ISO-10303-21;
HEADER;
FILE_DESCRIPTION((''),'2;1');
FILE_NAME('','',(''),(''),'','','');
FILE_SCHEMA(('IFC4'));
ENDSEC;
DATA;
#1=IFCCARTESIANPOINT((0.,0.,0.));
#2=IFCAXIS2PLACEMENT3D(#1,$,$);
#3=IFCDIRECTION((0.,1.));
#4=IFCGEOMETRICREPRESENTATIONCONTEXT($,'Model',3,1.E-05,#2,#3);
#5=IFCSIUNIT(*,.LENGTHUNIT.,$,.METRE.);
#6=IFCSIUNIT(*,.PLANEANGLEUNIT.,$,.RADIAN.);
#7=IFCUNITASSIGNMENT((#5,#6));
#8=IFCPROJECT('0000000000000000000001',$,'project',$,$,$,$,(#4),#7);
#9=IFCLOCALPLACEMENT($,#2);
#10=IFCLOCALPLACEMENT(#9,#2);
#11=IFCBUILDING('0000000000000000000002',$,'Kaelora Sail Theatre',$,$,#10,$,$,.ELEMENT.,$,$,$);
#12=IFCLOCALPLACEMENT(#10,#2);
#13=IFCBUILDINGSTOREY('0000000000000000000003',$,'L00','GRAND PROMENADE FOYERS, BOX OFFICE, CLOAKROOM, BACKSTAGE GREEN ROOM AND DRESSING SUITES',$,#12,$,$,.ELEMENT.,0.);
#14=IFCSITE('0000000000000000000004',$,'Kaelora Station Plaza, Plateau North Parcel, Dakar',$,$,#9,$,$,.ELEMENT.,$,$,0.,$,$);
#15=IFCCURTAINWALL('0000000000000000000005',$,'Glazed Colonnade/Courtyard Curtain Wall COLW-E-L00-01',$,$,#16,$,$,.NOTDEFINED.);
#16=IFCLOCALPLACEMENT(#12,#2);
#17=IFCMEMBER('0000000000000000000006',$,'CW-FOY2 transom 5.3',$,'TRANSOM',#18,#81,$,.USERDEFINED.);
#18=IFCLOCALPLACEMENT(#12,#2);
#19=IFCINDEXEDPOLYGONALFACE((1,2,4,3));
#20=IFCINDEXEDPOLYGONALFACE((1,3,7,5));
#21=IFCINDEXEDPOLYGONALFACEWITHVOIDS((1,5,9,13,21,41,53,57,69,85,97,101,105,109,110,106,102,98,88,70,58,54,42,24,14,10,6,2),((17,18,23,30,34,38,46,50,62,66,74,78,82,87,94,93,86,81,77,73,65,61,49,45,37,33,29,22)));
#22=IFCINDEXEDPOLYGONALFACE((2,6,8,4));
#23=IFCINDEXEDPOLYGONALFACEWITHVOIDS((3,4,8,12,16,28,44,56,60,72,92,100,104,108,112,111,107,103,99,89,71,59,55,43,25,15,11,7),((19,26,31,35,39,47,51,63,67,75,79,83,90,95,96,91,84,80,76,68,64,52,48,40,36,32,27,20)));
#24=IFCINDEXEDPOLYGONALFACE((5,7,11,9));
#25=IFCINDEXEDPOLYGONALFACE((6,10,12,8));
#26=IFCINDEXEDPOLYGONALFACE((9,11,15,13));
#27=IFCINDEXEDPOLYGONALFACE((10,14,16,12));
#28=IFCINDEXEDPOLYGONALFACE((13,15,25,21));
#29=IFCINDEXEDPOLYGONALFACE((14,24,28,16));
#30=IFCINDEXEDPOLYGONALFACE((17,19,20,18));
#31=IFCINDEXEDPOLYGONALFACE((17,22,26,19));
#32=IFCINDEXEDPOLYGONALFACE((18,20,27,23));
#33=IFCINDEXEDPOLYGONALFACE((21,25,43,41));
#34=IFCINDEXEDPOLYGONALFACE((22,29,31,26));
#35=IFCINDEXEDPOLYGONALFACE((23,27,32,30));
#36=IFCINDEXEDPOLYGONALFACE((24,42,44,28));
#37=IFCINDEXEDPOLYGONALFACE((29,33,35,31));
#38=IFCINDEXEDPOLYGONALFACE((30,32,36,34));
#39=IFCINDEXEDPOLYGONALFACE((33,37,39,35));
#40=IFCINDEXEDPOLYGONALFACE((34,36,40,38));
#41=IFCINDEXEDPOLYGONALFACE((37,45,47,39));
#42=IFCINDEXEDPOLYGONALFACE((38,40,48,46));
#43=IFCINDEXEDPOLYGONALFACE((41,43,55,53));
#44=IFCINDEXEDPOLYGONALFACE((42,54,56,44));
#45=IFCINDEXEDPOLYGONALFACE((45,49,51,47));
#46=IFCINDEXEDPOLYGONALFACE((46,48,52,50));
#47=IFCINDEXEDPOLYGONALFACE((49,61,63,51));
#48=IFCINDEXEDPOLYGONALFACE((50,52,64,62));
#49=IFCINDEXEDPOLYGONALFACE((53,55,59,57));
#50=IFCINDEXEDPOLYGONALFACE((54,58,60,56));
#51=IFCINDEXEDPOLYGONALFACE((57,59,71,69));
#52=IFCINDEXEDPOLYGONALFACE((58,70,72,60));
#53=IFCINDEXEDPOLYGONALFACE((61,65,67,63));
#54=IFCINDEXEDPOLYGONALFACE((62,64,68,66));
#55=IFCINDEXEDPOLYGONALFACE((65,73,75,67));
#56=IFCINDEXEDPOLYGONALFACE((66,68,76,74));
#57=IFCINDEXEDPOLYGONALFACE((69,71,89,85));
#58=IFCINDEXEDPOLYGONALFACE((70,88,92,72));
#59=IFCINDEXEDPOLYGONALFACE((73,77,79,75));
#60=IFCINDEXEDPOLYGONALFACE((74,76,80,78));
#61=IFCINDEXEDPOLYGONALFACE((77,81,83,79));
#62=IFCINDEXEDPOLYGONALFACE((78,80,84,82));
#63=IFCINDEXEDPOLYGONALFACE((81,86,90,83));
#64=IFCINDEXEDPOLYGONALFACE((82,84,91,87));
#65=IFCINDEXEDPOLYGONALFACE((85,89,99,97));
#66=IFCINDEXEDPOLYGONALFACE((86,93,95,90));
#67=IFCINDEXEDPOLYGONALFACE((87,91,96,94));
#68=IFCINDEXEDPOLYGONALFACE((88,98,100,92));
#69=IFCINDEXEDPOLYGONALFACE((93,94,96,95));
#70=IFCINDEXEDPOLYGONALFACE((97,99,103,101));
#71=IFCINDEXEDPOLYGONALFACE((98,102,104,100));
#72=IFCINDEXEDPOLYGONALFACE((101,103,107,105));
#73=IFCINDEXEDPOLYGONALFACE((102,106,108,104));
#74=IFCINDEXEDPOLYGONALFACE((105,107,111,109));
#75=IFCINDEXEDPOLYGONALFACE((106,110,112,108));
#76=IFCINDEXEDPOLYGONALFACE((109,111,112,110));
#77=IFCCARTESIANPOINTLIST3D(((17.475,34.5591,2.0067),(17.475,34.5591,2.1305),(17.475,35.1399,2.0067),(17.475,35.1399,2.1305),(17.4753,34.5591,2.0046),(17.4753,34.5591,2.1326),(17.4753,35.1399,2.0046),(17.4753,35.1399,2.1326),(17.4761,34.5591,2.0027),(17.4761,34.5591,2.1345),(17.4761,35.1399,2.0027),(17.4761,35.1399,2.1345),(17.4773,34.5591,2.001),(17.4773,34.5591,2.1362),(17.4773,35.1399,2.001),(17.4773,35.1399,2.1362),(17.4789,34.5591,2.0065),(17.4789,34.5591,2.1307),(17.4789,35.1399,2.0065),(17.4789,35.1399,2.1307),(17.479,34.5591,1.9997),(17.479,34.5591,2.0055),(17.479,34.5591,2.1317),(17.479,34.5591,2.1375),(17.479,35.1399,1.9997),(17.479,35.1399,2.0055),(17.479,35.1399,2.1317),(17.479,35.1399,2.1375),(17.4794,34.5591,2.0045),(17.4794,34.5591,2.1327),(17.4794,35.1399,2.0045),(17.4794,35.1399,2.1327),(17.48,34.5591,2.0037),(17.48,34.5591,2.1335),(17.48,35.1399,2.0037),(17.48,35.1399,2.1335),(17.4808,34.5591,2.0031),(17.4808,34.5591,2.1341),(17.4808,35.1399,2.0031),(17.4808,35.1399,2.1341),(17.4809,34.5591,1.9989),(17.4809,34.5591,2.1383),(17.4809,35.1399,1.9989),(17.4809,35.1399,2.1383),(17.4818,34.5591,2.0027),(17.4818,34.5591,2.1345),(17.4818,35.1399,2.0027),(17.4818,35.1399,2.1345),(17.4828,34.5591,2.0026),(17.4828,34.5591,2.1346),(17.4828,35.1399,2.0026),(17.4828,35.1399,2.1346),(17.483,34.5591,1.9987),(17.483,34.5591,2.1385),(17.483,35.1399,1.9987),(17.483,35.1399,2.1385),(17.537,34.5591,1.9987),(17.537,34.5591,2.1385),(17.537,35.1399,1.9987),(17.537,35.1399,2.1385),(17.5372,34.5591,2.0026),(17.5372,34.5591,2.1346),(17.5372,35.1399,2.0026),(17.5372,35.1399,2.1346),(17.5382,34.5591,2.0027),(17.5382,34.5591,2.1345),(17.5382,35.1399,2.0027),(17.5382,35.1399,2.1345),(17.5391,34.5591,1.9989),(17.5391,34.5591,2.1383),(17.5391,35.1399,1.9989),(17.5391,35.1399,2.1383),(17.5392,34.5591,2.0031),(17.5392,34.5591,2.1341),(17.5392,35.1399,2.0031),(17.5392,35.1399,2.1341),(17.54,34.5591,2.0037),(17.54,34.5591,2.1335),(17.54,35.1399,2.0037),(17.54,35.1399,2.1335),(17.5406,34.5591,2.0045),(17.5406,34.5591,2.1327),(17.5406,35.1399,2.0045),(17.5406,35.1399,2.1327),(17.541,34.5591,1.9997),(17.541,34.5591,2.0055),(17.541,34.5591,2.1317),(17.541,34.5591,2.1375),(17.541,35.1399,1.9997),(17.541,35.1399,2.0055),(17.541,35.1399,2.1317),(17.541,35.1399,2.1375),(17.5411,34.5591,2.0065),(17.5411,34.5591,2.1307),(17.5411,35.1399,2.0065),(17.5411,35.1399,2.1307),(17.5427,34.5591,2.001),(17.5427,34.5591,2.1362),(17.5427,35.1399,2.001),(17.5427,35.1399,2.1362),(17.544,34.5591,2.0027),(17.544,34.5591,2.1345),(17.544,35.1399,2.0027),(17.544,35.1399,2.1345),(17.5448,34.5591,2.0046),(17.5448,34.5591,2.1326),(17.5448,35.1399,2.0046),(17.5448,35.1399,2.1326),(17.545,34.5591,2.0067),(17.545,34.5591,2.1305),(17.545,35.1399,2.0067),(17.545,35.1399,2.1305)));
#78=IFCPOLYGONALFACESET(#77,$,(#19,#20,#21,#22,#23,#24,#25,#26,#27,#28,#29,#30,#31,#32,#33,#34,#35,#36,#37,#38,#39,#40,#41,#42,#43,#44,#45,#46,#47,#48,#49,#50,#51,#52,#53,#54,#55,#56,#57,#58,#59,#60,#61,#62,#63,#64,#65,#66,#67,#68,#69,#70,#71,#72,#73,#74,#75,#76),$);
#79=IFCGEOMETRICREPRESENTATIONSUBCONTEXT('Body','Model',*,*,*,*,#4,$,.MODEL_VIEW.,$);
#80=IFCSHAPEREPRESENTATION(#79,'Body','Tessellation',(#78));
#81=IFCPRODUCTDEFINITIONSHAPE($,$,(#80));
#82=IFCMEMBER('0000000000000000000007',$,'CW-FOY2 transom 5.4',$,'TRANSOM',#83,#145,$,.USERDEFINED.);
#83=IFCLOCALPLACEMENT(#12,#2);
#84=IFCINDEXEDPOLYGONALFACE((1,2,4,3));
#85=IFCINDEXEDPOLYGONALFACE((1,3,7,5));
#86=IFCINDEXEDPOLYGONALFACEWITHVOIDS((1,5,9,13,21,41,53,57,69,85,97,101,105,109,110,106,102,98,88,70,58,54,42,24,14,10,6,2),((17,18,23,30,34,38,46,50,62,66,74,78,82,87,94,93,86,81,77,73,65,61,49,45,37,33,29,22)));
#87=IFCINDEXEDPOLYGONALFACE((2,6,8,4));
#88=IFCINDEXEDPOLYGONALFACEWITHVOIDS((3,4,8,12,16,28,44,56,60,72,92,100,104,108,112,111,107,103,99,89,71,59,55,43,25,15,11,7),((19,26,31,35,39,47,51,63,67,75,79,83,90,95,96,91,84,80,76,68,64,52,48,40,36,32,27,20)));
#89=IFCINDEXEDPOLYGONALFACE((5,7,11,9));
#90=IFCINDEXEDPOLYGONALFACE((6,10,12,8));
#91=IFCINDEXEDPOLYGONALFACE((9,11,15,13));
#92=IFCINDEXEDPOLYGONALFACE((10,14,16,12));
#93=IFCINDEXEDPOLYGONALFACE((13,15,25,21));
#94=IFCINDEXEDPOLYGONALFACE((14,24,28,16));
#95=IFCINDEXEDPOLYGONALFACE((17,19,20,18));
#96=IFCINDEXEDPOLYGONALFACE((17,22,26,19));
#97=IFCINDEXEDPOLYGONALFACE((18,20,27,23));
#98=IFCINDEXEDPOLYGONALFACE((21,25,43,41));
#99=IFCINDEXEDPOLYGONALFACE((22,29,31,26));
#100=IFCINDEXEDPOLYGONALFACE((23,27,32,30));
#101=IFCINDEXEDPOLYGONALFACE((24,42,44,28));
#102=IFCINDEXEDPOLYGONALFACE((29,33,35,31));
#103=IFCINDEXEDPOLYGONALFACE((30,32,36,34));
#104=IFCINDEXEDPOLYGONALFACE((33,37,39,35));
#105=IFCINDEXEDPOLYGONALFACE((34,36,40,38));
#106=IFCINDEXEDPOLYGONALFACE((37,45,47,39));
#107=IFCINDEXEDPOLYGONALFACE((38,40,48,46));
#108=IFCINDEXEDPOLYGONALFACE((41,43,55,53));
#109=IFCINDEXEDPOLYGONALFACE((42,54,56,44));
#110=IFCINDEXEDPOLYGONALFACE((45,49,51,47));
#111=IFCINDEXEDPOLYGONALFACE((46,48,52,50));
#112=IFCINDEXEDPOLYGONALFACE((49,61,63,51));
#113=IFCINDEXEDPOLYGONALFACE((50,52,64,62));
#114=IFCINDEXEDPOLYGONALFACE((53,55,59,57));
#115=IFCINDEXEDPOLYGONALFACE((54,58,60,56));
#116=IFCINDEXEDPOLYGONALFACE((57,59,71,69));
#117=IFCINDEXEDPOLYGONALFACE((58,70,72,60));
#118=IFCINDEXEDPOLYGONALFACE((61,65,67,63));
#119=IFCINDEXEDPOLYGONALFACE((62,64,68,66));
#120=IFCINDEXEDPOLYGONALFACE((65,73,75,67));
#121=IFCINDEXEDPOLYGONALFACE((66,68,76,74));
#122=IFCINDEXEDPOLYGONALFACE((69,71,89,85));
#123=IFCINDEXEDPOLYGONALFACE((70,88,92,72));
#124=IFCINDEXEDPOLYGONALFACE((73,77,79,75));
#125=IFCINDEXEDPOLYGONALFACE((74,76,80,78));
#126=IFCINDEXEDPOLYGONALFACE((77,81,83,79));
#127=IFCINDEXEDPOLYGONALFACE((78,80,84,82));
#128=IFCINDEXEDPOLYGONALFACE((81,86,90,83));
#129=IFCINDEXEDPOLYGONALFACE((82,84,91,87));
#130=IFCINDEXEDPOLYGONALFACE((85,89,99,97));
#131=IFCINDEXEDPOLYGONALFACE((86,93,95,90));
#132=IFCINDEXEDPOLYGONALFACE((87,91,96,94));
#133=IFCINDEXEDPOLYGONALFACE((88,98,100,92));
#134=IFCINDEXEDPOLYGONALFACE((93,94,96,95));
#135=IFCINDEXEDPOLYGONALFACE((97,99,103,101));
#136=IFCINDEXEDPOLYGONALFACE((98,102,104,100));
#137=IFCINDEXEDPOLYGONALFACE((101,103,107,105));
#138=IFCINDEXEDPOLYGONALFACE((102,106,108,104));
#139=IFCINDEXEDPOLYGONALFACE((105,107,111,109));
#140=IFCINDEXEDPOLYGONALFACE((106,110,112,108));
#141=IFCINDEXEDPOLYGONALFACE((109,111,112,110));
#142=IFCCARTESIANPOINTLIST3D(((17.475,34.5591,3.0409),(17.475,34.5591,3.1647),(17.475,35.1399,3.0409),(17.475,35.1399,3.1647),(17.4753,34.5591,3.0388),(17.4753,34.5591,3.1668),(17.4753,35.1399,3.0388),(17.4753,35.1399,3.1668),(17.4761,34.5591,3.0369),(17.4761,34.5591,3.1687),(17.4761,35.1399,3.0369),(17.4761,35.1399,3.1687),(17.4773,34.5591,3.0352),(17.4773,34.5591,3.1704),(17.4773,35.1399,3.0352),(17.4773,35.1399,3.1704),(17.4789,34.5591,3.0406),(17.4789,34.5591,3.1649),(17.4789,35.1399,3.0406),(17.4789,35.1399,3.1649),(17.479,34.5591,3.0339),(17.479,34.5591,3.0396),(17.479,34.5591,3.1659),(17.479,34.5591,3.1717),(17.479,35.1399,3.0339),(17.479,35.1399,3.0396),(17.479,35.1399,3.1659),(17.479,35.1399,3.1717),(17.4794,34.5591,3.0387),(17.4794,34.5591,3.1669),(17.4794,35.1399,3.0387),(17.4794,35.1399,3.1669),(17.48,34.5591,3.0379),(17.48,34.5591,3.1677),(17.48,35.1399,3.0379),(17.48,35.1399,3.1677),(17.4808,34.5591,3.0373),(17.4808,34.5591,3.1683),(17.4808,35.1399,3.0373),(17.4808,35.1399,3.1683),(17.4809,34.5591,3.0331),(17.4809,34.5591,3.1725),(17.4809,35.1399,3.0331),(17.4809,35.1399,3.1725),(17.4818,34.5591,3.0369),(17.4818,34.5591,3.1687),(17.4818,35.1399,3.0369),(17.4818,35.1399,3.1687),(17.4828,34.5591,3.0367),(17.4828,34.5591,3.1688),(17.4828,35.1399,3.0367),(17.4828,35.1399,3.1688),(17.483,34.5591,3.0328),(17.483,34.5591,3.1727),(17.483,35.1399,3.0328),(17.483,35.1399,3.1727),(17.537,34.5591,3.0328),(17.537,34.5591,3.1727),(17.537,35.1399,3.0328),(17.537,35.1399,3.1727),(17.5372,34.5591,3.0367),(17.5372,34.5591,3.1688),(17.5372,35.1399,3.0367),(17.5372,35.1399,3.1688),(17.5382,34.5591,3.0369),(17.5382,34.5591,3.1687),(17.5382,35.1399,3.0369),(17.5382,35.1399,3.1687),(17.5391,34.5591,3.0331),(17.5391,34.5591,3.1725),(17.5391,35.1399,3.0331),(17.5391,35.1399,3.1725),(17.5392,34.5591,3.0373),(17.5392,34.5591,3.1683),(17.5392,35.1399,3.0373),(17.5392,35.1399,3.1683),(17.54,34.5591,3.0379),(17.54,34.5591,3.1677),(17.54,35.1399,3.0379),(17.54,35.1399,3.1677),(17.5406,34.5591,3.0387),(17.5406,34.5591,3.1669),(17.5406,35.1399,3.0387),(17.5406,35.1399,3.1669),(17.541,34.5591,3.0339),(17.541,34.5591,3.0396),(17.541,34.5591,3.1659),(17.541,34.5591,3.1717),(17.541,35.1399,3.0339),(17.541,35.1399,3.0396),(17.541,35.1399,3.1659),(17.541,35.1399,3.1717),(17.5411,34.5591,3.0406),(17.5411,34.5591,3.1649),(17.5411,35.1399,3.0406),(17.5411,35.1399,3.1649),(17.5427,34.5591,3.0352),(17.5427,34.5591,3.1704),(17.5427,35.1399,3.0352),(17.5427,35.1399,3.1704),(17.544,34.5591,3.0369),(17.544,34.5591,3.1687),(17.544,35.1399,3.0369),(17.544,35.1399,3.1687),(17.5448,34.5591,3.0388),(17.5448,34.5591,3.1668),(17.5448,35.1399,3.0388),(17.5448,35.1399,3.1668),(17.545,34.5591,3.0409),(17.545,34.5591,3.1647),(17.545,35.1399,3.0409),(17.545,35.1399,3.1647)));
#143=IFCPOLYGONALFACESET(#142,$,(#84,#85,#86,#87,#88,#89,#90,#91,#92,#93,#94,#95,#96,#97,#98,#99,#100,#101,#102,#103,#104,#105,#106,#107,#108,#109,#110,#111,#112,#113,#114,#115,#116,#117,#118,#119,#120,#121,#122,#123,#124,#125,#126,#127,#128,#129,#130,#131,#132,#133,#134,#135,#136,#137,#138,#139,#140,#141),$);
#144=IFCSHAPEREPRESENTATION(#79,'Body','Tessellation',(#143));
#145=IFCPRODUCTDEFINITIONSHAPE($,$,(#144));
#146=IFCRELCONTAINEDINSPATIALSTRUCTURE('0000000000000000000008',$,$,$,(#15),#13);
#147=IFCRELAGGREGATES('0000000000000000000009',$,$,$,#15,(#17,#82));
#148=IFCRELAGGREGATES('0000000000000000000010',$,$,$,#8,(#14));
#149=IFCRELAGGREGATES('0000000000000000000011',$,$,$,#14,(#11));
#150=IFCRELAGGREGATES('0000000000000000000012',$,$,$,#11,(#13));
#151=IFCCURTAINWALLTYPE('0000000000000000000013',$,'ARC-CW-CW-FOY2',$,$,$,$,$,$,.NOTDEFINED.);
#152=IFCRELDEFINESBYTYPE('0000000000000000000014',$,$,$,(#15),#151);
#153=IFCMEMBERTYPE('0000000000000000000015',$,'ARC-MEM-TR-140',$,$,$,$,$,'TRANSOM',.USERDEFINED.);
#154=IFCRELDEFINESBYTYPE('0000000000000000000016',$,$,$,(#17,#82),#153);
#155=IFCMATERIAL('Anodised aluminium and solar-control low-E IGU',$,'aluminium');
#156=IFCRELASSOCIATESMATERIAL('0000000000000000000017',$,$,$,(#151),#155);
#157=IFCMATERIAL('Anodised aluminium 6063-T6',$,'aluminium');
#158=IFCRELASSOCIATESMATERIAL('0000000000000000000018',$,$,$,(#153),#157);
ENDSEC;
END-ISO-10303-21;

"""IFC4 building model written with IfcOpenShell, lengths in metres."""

from ifc_helpers import new_model, si_unit, direction, frame, origin, origin_2d, place, context, subcontext, project, spatial, hollow_rectangle, extrude, material, material_profile, profile_set, type_object, element, aggregate, save


model = new_model("IFC4")

# Units and contexts
model_context = context("Model", 3, precision=1e-05, world=origin(), true_north=direction((0.0, 1.0)))
body_context = subcontext(model_context, "Body", "Model", "MODEL_VIEW")
ifc_project = project(units=[si_unit("LENGTHUNIT", "METRE"), si_unit("PLANEANGLEUNIT", "RADIAN")], contexts=[model_context])

# Site, building, storey
site_placement = place(None, origin())
site = spatial("IfcSite", under=ifc_project, at=site_placement, Name="Kaelora Station Plaza, Plateau North Parcel, Dakar", CompositionType="ELEMENT", RefElevation=0.0)
building_placement = place(site_placement, origin())
building = spatial("IfcBuilding", under=site, at=building_placement, Name="Kaelora Sail Theatre", CompositionType="ELEMENT")
storey_placement = place(building_placement, origin())
storey = spatial("IfcBuildingStorey", under=building, at=storey_placement, Name="L00", Description="GRAND PROMENADE FOYERS, BOX OFFICE, CLOAKROOM, BACKSTAGE GREEN ROOM AND DRESSING SUITES", CompositionType="ELEMENT", Elevation=0.0)

# Curtain wall, members
ifc_material_1 = material(Name="Anodised aluminium and solar-control low-E IGU", Category="aluminium")
curtain_wall_type = type_object("IfcCurtainWallType", Name="ARC-CW-CW-FOY2", PredefinedType="NOTDEFINED", material=ifc_material_1)
curtain_wall_1_placement = place(storey_placement, origin())
curtain_wall_1 = element("IfcCurtainWall", 1, at=curtain_wall_1_placement, inside=storey, type_object=curtain_wall_type, Name="Glazed Colonnade/Courtyard Curtain Wall COLW-E-L00-01", PredefinedType="NOTDEFINED")
ifc_material_2 = material(Name="Anodised aluminium 6063-T6", Category="aluminium")
ifc_material_profile = material_profile(ifc_material_2, hollow_rectangle(XDim=0.0701, YDim=0.1399, WallThickness=0.0039, InnerFilletRadius=0.0039, OuterFilletRadius=0.0081, at=origin_2d()), Name="ALU-TRAN 70x140x4")
ifc_profile_set = profile_set([ifc_material_profile], Name="Anodised aluminium 6063-T6")
member_type = type_object("IfcMemberType", Name="ARC-MEM-TR-140", ElementType="TRANSOM", PredefinedType="USERDEFINED", material=ifc_profile_set)
member_1_placement = place(storey_placement, frame((17.51, 34.5591, 2.0686), z_axis=(0.0, 1.0, 0.0), x_axis=(-1.0, 0.0, 0.0)))
member_1 = element("IfcMember", 2, at=member_1_placement, type_object=member_type, Name="CW-FOY2 transom 5.3", ObjectType="TRANSOM", PredefinedType="USERDEFINED", context=body_context, shape_type="SweptSolid", body=[
    extrude(hollow_rectangle(XDim=0.0701, YDim=0.1399, WallThickness=0.0039, InnerFilletRadius=0.0039, OuterFilletRadius=0.0081, at=origin_2d()), origin(), (0.0, 0.0, 1.0), 0.5808),
])
member_2_placement = place(storey_placement, frame((17.51, 34.5591, 3.1028), z_axis=(0.0, 1.0, 0.0), x_axis=(-1.0, 0.0, 0.0)))
member_2 = element("IfcMember", 3, at=member_2_placement, type_object=member_type, Name="CW-FOY2 transom 5.4", ObjectType="TRANSOM", PredefinedType="USERDEFINED", context=body_context, shape_type="SweptSolid", body=[
    extrude(hollow_rectangle(XDim=0.0701, YDim=0.1399, WallThickness=0.0039, InnerFilletRadius=0.0039, OuterFilletRadius=0.0081, at=origin_2d()), origin(), (0.0, 0.0, 1.0), 0.5808),
])

aggregate(curtain_wall_1, [member_1, member_2])

save(model, "model.ifc")
